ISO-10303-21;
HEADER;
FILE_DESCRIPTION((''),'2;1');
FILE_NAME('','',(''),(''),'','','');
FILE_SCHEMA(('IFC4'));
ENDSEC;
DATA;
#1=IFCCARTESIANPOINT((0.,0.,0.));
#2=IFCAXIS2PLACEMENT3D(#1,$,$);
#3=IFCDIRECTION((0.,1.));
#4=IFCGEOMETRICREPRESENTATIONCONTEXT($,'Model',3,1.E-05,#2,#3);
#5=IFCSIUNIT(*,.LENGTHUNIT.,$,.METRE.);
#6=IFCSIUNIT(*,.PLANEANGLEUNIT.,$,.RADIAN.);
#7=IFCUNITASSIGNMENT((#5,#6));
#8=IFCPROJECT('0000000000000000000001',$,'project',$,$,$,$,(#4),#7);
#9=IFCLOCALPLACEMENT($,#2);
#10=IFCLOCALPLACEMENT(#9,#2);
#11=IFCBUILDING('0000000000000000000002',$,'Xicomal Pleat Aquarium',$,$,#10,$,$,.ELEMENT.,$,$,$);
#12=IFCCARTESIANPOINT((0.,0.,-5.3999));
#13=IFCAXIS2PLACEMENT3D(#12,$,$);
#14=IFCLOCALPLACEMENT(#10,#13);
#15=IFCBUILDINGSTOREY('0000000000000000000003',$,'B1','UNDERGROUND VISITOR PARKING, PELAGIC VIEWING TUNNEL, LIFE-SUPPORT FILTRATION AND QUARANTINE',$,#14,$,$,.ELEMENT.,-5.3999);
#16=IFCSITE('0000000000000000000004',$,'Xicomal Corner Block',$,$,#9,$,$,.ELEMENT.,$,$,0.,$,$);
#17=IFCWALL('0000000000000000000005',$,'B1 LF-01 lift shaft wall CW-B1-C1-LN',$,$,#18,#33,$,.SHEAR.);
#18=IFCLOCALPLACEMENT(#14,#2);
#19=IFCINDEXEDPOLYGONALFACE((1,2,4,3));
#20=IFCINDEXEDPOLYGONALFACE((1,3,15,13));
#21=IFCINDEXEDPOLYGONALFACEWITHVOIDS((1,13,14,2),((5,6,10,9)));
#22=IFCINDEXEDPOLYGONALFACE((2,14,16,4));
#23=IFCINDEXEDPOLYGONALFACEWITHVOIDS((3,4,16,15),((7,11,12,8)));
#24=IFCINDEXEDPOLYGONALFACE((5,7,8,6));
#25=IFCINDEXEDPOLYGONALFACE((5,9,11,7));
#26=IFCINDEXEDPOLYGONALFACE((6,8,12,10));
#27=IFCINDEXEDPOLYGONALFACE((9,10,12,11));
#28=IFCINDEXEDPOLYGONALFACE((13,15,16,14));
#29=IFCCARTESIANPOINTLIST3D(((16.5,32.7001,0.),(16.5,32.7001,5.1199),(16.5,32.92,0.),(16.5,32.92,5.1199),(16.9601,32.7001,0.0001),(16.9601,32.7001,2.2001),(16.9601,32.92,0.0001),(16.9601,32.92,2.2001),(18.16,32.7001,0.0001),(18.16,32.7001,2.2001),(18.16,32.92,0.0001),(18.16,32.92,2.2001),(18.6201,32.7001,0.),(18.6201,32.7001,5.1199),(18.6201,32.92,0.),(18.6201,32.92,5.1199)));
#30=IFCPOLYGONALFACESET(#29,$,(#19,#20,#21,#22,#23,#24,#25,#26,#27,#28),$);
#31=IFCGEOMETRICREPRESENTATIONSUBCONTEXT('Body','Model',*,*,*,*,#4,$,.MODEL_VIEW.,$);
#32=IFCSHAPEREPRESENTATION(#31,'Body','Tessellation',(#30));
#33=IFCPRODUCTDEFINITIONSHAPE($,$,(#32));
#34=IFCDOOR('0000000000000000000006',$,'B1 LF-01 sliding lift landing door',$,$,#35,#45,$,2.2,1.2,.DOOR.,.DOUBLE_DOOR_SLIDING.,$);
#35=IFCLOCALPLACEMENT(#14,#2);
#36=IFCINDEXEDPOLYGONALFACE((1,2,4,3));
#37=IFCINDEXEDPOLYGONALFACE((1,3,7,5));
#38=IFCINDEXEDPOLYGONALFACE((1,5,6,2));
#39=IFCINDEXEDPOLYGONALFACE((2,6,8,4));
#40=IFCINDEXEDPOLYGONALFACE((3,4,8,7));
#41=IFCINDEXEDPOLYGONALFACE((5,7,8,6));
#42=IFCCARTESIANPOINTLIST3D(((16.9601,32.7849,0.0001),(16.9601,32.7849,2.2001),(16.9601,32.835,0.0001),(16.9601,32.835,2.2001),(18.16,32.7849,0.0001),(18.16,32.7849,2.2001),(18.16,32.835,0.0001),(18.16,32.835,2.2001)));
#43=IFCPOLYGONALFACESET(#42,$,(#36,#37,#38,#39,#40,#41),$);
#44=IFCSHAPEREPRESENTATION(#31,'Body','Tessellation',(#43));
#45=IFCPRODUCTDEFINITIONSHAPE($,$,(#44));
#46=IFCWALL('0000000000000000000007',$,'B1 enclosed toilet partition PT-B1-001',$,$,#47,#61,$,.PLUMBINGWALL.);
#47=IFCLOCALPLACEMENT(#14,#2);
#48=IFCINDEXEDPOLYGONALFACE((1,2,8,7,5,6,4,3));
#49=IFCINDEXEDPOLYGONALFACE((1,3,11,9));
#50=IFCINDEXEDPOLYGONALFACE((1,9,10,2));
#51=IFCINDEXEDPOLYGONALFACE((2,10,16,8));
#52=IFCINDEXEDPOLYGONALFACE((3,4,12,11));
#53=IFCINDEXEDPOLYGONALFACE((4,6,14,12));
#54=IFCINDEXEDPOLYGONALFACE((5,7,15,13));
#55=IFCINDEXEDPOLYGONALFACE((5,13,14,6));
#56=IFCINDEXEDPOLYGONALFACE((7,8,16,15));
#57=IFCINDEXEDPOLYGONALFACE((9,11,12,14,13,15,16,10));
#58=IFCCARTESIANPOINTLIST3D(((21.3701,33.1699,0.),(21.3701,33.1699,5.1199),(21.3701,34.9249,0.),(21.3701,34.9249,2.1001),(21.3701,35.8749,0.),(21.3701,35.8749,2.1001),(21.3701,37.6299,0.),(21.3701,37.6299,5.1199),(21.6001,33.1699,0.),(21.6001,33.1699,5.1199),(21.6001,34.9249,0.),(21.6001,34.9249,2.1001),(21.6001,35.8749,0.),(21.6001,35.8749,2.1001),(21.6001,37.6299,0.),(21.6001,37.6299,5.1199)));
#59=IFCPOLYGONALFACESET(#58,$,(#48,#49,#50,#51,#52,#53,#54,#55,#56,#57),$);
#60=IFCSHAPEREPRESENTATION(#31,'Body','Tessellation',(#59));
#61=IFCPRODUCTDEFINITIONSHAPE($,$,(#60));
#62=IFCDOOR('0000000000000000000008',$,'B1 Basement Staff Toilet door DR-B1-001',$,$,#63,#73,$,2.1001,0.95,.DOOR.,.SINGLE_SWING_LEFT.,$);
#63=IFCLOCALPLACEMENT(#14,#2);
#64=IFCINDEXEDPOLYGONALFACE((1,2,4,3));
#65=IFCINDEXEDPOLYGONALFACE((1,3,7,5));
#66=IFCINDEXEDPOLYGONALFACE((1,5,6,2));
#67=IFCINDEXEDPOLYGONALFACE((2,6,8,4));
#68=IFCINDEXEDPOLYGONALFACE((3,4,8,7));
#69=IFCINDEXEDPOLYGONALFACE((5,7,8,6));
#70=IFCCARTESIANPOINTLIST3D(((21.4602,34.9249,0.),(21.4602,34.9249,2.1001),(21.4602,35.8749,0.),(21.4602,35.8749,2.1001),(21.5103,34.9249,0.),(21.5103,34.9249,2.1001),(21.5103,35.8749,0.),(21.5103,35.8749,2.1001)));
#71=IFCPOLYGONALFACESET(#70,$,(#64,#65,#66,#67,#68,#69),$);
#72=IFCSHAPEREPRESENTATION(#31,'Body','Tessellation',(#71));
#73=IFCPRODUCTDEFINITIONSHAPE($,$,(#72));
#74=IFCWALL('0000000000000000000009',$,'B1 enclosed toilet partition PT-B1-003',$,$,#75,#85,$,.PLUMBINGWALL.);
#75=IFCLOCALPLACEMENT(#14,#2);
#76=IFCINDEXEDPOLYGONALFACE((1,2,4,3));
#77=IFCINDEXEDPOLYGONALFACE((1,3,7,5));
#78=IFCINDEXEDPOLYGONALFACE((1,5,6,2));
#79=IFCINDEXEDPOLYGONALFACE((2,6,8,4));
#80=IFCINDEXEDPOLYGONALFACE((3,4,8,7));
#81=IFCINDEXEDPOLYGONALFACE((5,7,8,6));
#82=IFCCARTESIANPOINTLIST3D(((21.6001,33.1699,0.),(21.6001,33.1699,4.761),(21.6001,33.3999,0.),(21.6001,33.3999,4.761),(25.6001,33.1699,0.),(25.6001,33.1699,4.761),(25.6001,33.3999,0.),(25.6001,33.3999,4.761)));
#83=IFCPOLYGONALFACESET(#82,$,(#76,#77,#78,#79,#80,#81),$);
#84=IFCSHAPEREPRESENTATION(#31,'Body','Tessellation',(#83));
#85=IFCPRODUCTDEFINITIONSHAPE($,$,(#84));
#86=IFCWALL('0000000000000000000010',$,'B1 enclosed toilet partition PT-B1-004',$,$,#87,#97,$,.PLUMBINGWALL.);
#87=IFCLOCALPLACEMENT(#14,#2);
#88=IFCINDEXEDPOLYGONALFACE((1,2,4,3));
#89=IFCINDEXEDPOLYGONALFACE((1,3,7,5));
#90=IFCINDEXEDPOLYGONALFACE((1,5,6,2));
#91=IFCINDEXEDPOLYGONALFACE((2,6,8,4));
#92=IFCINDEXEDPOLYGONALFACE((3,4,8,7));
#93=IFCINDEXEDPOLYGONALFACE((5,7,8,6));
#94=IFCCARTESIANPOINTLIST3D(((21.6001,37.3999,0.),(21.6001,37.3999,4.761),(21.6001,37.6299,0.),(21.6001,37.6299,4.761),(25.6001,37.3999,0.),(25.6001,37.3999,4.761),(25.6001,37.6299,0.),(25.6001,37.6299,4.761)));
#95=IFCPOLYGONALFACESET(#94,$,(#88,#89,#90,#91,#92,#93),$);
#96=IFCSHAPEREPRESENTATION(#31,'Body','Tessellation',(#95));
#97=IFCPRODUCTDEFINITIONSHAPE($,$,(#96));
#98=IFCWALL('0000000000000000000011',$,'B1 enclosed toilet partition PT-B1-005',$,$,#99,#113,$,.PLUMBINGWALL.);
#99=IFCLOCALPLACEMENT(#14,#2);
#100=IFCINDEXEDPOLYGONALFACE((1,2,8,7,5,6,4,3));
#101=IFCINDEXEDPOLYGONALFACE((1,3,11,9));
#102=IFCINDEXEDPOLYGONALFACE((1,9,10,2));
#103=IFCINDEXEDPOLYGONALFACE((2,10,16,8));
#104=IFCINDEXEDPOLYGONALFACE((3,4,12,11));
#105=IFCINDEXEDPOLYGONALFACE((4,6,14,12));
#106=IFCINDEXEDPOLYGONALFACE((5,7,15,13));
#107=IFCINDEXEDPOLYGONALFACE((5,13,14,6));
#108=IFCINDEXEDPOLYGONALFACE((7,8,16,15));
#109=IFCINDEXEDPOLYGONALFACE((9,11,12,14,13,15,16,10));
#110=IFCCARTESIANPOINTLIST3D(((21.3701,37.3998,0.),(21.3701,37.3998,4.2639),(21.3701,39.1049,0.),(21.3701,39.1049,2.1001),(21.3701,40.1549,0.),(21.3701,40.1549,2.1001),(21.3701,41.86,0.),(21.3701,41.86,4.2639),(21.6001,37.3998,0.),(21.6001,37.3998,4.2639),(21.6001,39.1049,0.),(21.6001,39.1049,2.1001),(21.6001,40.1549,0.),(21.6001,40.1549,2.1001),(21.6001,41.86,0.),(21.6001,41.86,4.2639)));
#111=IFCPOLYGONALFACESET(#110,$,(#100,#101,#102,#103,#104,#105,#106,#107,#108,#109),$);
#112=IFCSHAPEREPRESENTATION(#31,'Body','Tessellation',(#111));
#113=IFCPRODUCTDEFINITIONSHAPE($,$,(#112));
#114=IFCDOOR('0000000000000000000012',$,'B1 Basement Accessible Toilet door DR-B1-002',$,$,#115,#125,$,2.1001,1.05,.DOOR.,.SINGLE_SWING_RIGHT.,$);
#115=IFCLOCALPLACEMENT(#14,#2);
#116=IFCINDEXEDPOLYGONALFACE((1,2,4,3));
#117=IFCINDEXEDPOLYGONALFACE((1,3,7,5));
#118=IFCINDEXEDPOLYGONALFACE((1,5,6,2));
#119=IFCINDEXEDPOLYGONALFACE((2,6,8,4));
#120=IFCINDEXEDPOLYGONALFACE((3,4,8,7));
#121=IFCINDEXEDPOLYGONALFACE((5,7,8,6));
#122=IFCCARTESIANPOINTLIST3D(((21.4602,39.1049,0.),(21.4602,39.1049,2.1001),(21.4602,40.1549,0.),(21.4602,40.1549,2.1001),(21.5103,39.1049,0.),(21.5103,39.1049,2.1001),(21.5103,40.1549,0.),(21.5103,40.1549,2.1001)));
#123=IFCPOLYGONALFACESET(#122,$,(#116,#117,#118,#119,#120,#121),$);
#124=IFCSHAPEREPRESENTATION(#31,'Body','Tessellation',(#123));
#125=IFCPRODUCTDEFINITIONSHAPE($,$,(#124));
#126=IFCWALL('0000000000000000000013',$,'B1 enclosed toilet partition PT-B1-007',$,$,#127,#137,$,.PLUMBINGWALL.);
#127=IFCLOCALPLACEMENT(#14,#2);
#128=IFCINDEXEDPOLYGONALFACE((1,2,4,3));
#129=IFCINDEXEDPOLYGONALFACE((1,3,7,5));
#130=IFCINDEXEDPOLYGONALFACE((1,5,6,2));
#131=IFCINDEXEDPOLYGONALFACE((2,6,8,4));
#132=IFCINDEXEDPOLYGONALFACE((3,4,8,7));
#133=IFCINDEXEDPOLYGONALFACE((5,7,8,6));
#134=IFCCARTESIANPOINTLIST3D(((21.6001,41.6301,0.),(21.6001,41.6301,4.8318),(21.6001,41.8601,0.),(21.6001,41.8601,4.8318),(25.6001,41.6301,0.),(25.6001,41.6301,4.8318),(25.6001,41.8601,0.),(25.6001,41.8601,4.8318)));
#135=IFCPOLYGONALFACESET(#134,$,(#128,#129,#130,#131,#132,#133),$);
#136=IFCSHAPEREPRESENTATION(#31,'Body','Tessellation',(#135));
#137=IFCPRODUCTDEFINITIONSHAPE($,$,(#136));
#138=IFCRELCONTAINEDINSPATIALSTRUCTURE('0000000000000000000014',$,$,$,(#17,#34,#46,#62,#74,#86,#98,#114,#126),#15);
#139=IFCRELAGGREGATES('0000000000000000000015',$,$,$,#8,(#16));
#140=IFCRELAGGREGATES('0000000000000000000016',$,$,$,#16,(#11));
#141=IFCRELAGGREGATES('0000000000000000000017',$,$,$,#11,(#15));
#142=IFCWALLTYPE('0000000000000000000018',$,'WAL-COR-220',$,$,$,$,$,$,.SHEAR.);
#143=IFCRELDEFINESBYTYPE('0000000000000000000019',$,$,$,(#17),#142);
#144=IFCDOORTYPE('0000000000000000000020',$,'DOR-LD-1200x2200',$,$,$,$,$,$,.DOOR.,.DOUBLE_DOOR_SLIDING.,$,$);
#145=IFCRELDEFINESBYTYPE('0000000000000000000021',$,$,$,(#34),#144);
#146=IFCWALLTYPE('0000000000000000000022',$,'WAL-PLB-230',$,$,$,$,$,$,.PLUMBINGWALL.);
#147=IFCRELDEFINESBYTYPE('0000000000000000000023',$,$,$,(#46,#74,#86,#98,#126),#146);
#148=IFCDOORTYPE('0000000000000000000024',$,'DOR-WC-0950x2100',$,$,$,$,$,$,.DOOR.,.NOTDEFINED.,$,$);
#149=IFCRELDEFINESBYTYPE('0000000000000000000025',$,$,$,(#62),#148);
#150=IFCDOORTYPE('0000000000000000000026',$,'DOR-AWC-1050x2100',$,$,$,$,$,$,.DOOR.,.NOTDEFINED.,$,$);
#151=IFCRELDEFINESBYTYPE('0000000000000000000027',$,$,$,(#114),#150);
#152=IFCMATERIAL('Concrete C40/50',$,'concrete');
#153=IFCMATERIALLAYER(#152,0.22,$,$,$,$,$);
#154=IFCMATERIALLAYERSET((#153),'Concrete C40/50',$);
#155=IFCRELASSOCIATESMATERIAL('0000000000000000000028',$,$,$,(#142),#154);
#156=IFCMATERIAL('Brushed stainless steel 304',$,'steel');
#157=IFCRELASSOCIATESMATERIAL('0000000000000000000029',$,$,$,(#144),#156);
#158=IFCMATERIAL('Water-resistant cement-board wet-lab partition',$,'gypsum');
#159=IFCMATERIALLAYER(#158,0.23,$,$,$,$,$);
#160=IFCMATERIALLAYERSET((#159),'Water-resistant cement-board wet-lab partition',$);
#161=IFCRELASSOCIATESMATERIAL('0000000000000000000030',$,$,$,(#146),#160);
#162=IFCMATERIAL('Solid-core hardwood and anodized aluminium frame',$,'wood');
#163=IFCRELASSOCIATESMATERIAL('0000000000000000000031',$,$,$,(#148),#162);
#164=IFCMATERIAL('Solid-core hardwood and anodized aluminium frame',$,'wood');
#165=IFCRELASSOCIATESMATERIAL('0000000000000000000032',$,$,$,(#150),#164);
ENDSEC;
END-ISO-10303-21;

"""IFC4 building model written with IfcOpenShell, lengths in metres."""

from ifc_helpers import new_model, si_unit, direction, frame, frame_2d, origin, place, context, subcontext, project, spatial, rectangle, extrude, material, layer, layer_set, type_object, element, fill, save


model = new_model("IFC4")

# Units and contexts
model_context = context("Model", 3, precision=1e-05, world=origin(), true_north=direction((0.0, 1.0)))
body_context = subcontext(model_context, "Body", "Model", "MODEL_VIEW")
ifc_project = project(units=[si_unit("LENGTHUNIT", "METRE"), si_unit("PLANEANGLEUNIT", "RADIAN")], contexts=[model_context])

# Site, building, storey
site_placement = place(None, origin())
site = spatial("IfcSite", under=ifc_project, at=site_placement, Name="Xicomal Corner Block", CompositionType="ELEMENT", RefElevation=0.0)
building_placement = place(site_placement, origin())
building = spatial("IfcBuilding", under=site, at=building_placement, Name="Xicomal Pleat Aquarium", CompositionType="ELEMENT")
storey_placement = place(building_placement, frame((0.0, 0.0, -5.3999)))
storey = spatial("IfcBuildingStorey", under=building, at=storey_placement, Name="B1", Description="UNDERGROUND VISITOR PARKING, PELAGIC VIEWING TUNNEL, LIFE-SUPPORT FILTRATION AND QUARANTINE", CompositionType="ELEMENT", Elevation=-5.3999)

# Walls, openings, doors
ifc_material_1 = material(Name="Concrete C40/50", Category="concrete")
ifc_layer_1 = layer(ifc_material_1, 0.22)
ifc_layer_set_1 = layer_set([ifc_layer_1], Name="Concrete C40/50")
wall_type_1 = type_object("IfcWallType", Name="WAL-COR-220", PredefinedType="SHEAR", material=ifc_layer_set_1)
wall_1_placement = place(storey_placement, frame((16.5, 32.8101, 0.0), z_axis=(0.0, 0.0, 1.0), x_axis=(1.0, 0.0, 0.0)))
wall_1 = element("IfcWall", 1, at=wall_1_placement, inside=storey, type_object=wall_type_1, Name="B1 LF-01 lift shaft wall CW-B1-C1-LN", PredefinedType="SHEAR", context=body_context, shape_type="SweptSolid", body=[
    extrude(rectangle(XDim=2.1201, YDim=0.22, at=frame_2d((1.0601, 0.0))), origin(), (0.0, 0.0, 1.0), 5.1199),
])
opening_1_placement = place(wall_1_placement, frame((0.46, 0.0, 0.0)))
opening_1 = element("IfcOpeningElement", 2, at=opening_1_placement, cuts=wall_1, PredefinedType="OPENING", context=body_context, shape_type="SweptSolid", body=[
    extrude(rectangle(XDim=1.2, YDim=2.2, at=frame_2d((0.6001, 1.1001))), frame((0.0, 0.1199, 0.0), z_axis=(0.0, -1.0, 0.0), x_axis=(1.0, 0.0, 0.0)), (0.0, 0.0, 1.0), 0.24),
])
ifc_material_2 = material(Name="Brushed stainless steel 304", Category="steel")
door_type_1 = type_object("IfcDoorType", Name="DOR-LD-1200x2200", OperationType="DOUBLE_DOOR_SLIDING", PredefinedType="DOOR", material=ifc_material_2)
door_1_placement = place(opening_1_placement, origin())
door_1 = element("IfcDoor", 3, at=door_1_placement, inside=storey, type_object=door_type_1, Name="B1 LF-01 sliding lift landing door", OperationType="DOUBLE_DOOR_SLIDING", OverallHeight=2.2, OverallWidth=1.2, PredefinedType="DOOR", context=body_context, shape_type="SweptSolid", body=[
    extrude(rectangle(XDim=1.2, YDim=2.2, at=frame_2d((0.6001, 1.1001))), frame((0.0, 0.0249, 0.0), z_axis=(0.0, -1.0, 0.0), x_axis=(1.0, 0.0, 0.0)), (0.0, 0.0, 1.0), 0.05),
])
fill(opening_1, door_1)
ifc_material_3 = material(Name="Water-resistant cement-board wet-lab partition", Category="gypsum")
ifc_layer_2 = layer(ifc_material_3, 0.23)
ifc_layer_set_2 = layer_set([ifc_layer_2], Name="Water-resistant cement-board wet-lab partition")
wall_type_2 = type_object("IfcWallType", Name="WAL-PLB-230", PredefinedType="PLUMBINGWALL", material=ifc_layer_set_2)
wall_2_placement = place(storey_placement, frame((21.4851, 33.1699, 0.0), z_axis=(0.0, 0.0, 1.0), x_axis=(0.0, 1.0, 0.0)))
wall_2 = element("IfcWall", 4, at=wall_2_placement, inside=storey, type_object=wall_type_2, Name="B1 enclosed toilet partition PT-B1-001", PredefinedType="PLUMBINGWALL", context=body_context, shape_type="SweptSolid", body=[
    extrude(rectangle(XDim=4.46, YDim=0.23, at=frame_2d((2.23, 0.0))), origin(), (0.0, 0.0, 1.0), 5.1199),
])
opening_2_placement = place(wall_2_placement, frame((1.7549, 0.0, 0.0)))
opening_2 = element("IfcOpeningElement", 5, at=opening_2_placement, cuts=wall_2, PredefinedType="OPENING", context=body_context, shape_type="SweptSolid", body=[
    extrude(rectangle(XDim=0.95, YDim=2.1001, at=frame_2d((0.4751, 1.05))), frame((0.0, 0.125, 0.0), z_axis=(0.0, -1.0, 0.0), x_axis=(1.0, 0.0, 0.0)), (0.0, 0.0, 1.0), 0.25),
])
ifc_material_4 = material(Name="Solid-core hardwood and anodized aluminium frame", Category="wood")
door_type_2 = type_object("IfcDoorType", Name="DOR-WC-0950x2100", OperationType="NOTDEFINED", PredefinedType="DOOR", material=ifc_material_4)
door_2_placement = place(opening_2_placement, origin())
door_2 = element("IfcDoor", 6, at=door_2_placement, inside=storey, type_object=door_type_2, Name="B1 Basement Staff Toilet door DR-B1-001", OperationType="SINGLE_SWING_LEFT", OverallHeight=2.1001, OverallWidth=0.95, PredefinedType="DOOR", context=body_context, shape_type="SweptSolid", body=[
    extrude(rectangle(XDim=0.95, YDim=2.1001, at=frame_2d((0.4751, 1.05))), frame((0.0, 0.0249, 0.0), z_axis=(0.0, -1.0, 0.0), x_axis=(1.0, 0.0, 0.0)), (0.0, 0.0, 1.0), 0.05),
])
fill(opening_2, door_2)

# Walls
for number, where, z_axis, x_axis, name in (
    (7, (21.6001, 33.2849, 0.0), (0.0, 0.0, 1.0), (1.0, 0.0, 0.0), "B1 enclosed toilet partition PT-B1-003"),
    (8, (21.6001, 37.5149, 0.0), (0.0, 0.0, 1.0), (1.0, 0.0, 0.0), "B1 enclosed toilet partition PT-B1-004"),
):
    element("IfcWall", number, at=place(storey_placement, frame(where, z_axis=z_axis, x_axis=x_axis)), inside=storey, type_object=wall_type_2, Name=name, PredefinedType="PLUMBINGWALL", context=body_context, shape_type="SweptSolid", body=[
        extrude(rectangle(XDim=4.0, YDim=0.23, at=frame_2d((2.0, 0.0))), origin(), (0.0, 0.0, 1.0), 4.761),
    ])

# Wall, opening, door
wall_3_placement = place(storey_placement, frame((21.4851, 37.3999, 0.0), z_axis=(0.0, 0.0, 1.0), x_axis=(0.0, 1.0, 0.0)))
wall_3 = element("IfcWall", 9, at=wall_3_placement, inside=storey, type_object=wall_type_2, Name="B1 enclosed toilet partition PT-B1-005", PredefinedType="PLUMBINGWALL", context=body_context, shape_type="SweptSolid", body=[
    extrude(rectangle(XDim=4.4602, YDim=0.23, at=frame_2d((2.23, 0.0))), origin(), (0.0, 0.0, 1.0), 4.2639),
])
opening_3_placement = place(wall_3_placement, frame((1.7051, 0.0, 0.0)))
opening_3 = element("IfcOpeningElement", 10, at=opening_3_placement, cuts=wall_3, PredefinedType="OPENING", context=body_context, shape_type="SweptSolid", body=[
    extrude(rectangle(XDim=1.05, YDim=2.1001, at=frame_2d((0.5249, 1.05))), frame((0.0, 0.125, 0.0), z_axis=(0.0, -1.0, 0.0), x_axis=(1.0, 0.0, 0.0)), (0.0, 0.0, 1.0), 0.25),
])
ifc_material_5 = material(Name="Solid-core hardwood and anodized aluminium frame", Category="wood")
door_type_3 = type_object("IfcDoorType", Name="DOR-AWC-1050x2100", OperationType="NOTDEFINED", PredefinedType="DOOR", material=ifc_material_5)
door_3_placement = place(opening_3_placement, origin())
door_3 = element("IfcDoor", 11, at=door_3_placement, inside=storey, type_object=door_type_3, Name="B1 Basement Accessible Toilet door DR-B1-002", OperationType="SINGLE_SWING_RIGHT", OverallHeight=2.1001, OverallWidth=1.05, PredefinedType="DOOR", context=body_context, shape_type="SweptSolid", body=[
    extrude(rectangle(XDim=1.05, YDim=2.1001, at=frame_2d((0.5249, 1.05))), frame((0.0, 0.0249, 0.0), z_axis=(0.0, -1.0, 0.0), x_axis=(1.0, 0.0, 0.0)), (0.0, 0.0, 1.0), 0.05),
])
fill(opening_3, door_3)

# Wall
wall_4_placement = place(storey_placement, frame((21.6001, 41.7451, 0.0), z_axis=(0.0, 0.0, 1.0), x_axis=(1.0, 0.0, 0.0)))
element("IfcWall", 12, at=wall_4_placement, inside=storey, type_object=wall_type_2, Name="B1 enclosed toilet partition PT-B1-007", PredefinedType="PLUMBINGWALL", context=body_context, shape_type="SweptSolid", body=[
    extrude(rectangle(XDim=4.0, YDim=0.23, at=frame_2d((2.0, 0.0))), origin(), (0.0, 0.0, 1.0), 4.8318),
])

save(model, "model.ifc")
